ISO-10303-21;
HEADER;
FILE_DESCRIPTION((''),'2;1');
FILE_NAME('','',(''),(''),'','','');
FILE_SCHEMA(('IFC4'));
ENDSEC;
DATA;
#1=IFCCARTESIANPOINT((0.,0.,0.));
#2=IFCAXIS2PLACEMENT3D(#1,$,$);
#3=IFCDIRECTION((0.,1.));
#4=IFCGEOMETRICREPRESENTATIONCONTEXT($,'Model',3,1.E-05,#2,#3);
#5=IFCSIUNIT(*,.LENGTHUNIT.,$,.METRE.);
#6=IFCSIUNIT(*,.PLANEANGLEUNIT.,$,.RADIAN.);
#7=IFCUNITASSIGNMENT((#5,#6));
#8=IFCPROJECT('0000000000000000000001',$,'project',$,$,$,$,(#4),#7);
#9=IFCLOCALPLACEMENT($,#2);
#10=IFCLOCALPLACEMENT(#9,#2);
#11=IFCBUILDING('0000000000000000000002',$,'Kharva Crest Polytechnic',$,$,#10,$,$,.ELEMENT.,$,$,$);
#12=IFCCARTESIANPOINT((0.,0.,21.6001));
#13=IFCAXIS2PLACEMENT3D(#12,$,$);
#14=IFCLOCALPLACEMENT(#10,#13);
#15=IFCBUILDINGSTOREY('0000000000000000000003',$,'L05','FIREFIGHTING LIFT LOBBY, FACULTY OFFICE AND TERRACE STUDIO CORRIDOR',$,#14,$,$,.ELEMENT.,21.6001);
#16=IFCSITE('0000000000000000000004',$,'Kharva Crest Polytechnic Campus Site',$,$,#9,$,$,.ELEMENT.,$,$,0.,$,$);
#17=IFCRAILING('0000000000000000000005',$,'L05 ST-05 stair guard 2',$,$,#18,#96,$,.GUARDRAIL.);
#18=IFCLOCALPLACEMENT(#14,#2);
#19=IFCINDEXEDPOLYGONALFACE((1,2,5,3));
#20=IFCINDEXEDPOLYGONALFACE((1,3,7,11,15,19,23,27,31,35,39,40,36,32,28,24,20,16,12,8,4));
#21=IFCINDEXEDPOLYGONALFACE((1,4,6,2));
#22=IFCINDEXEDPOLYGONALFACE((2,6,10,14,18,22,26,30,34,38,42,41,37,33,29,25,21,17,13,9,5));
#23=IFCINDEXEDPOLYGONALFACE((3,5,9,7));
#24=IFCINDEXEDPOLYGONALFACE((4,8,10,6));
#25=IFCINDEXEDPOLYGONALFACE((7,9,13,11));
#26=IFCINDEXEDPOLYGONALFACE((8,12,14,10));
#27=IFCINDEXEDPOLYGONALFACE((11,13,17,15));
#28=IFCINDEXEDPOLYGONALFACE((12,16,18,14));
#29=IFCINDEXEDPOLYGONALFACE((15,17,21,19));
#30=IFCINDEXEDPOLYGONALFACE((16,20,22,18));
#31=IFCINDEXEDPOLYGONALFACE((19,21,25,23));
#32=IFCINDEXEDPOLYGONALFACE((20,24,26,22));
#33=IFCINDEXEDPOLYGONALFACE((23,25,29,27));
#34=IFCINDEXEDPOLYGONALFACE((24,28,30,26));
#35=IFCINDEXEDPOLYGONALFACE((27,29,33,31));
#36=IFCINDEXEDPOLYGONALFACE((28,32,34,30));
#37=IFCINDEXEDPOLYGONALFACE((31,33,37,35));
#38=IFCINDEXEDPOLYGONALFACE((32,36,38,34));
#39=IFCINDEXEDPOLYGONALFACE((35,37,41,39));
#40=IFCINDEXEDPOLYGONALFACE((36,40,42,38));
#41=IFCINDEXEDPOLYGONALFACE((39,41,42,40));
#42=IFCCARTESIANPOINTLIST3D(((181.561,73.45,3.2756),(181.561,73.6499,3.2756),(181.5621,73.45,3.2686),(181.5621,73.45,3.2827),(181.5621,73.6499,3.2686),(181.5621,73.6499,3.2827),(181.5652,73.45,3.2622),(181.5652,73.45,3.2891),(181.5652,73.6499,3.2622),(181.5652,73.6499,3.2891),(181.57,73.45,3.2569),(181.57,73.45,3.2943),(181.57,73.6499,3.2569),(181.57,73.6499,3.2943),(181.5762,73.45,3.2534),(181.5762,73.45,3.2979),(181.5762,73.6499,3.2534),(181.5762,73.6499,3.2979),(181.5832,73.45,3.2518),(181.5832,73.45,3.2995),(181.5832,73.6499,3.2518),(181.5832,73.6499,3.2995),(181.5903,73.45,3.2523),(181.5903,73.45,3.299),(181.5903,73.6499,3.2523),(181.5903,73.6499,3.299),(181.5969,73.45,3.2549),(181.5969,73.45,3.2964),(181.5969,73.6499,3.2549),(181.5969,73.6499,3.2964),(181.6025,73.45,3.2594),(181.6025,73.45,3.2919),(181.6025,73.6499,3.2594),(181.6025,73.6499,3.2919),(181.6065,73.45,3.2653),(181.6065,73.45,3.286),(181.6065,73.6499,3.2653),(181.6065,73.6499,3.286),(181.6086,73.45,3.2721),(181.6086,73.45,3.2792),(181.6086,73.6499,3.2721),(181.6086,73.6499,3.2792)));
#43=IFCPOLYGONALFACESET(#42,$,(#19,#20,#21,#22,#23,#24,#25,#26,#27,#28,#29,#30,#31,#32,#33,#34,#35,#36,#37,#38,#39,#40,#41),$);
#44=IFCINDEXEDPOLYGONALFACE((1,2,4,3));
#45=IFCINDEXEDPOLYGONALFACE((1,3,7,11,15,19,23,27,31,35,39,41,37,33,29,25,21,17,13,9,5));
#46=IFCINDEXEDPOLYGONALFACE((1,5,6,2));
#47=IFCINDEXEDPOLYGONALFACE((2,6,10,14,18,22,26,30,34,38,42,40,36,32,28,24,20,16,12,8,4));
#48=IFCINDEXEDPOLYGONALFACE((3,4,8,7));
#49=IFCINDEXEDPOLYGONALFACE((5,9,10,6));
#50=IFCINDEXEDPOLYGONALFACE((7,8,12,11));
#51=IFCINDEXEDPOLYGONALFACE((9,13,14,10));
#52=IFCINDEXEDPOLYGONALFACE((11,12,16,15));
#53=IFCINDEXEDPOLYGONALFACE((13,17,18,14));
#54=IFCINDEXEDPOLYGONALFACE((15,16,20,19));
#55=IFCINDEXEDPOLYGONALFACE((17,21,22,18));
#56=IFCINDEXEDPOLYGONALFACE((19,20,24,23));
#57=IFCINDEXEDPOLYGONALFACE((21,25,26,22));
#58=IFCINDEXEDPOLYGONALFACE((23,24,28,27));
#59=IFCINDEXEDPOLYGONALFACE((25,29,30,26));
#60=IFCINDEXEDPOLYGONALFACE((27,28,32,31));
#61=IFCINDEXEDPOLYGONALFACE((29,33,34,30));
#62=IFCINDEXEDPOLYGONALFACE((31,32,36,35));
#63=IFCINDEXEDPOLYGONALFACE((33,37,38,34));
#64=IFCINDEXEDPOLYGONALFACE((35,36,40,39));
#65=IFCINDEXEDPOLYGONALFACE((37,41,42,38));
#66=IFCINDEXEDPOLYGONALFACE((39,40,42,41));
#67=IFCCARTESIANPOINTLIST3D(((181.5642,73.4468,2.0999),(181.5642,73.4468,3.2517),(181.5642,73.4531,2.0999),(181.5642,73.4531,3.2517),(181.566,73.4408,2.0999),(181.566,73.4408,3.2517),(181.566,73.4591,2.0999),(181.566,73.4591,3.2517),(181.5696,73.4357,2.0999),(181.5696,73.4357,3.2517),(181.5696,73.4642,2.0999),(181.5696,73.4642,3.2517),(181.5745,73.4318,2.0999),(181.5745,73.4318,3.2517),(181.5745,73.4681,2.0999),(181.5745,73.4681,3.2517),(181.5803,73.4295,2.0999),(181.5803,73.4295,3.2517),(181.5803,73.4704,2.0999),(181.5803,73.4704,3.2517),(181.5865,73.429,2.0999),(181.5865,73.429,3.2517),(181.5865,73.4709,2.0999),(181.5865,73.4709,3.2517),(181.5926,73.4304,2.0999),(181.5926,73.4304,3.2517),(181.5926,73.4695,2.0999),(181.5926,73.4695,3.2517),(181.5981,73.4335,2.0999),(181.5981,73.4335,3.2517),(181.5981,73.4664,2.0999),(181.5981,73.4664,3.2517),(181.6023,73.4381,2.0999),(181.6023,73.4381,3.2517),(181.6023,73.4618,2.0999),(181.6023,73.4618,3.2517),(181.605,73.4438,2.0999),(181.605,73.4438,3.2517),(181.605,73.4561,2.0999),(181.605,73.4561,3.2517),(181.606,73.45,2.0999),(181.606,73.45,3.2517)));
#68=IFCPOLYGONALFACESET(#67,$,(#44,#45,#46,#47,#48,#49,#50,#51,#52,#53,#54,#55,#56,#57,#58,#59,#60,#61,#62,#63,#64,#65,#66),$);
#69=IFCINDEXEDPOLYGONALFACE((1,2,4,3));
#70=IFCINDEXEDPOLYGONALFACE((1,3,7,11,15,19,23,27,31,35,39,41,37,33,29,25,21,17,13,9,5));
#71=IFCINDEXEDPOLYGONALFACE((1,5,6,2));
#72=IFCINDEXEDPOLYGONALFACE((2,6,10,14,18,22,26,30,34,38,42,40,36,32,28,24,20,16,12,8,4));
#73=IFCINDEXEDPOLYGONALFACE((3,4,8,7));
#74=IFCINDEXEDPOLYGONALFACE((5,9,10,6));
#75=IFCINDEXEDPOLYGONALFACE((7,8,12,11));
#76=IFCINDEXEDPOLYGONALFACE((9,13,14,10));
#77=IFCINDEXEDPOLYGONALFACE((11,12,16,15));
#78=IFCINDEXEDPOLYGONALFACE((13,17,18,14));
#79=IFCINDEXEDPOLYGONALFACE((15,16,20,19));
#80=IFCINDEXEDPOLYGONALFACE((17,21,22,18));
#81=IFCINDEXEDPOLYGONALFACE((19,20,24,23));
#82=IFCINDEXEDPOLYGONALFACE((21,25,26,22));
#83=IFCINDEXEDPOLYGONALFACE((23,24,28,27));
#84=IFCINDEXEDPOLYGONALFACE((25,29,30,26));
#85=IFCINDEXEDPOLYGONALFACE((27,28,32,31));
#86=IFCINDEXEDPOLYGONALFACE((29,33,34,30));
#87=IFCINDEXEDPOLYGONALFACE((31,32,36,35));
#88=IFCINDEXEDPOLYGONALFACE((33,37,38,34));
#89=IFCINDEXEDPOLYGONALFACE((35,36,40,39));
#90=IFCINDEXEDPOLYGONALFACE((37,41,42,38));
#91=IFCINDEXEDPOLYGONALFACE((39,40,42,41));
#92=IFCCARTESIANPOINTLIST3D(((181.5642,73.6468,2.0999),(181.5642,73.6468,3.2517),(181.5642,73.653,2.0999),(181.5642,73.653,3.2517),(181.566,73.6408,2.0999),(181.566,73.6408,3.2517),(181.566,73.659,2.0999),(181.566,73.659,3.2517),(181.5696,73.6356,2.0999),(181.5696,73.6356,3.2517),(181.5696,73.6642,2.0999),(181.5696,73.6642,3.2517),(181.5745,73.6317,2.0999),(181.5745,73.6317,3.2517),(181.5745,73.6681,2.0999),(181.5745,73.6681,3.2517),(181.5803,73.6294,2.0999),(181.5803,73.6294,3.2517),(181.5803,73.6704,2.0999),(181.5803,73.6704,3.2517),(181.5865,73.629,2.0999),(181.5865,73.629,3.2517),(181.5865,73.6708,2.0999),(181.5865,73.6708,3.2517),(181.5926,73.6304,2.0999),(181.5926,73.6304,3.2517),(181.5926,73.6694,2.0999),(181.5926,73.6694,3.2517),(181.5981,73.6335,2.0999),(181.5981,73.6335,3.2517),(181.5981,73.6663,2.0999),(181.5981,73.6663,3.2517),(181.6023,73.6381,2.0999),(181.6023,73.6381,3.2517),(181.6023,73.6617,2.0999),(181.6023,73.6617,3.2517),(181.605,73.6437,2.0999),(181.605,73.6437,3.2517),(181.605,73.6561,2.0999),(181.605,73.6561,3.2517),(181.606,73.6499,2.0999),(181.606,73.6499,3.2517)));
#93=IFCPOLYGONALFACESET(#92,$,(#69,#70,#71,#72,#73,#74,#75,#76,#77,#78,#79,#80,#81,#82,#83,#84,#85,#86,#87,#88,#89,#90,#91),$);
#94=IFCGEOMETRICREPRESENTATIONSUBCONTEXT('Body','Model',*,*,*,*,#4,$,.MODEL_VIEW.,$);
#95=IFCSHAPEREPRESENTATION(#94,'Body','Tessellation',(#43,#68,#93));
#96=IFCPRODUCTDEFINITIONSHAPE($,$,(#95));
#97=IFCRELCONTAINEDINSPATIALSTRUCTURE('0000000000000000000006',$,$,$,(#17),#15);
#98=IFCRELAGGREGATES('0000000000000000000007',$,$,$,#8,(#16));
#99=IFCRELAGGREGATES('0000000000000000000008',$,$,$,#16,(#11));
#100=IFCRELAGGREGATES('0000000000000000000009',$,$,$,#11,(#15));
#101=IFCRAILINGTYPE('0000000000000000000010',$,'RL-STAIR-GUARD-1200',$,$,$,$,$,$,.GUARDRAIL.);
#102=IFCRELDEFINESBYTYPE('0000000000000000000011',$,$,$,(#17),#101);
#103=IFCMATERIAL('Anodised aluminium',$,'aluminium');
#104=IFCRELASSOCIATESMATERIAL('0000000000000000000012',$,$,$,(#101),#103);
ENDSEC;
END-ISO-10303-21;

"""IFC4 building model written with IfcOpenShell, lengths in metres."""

from ifc_helpers import new_model, si_unit, direction, frame, origin, origin_2d, place, context, subcontext, project, spatial, circle, extrude, material, type_object, element, save


model = new_model("IFC4")

# Units and contexts
model_context = context("Model", 3, precision=1e-05, world=origin(), true_north=direction((0.0, 1.0)))
body_context = subcontext(model_context, "Body", "Model", "MODEL_VIEW")
ifc_project = project(units=[si_unit("LENGTHUNIT", "METRE"), si_unit("PLANEANGLEUNIT", "RADIAN")], contexts=[model_context])

# Site, building, storey
site_placement = place(None, origin())
site = spatial("IfcSite", under=ifc_project, at=site_placement, Name="Kharva Crest Polytechnic Campus Site", CompositionType="ELEMENT", RefElevation=0.0)
building_placement = place(site_placement, origin())
building = spatial("IfcBuilding", under=site, at=building_placement, Name="Kharva Crest Polytechnic", CompositionType="ELEMENT")
storey_placement = place(building_placement, frame((0.0, 0.0, 21.6001)))
storey = spatial("IfcBuildingStorey", under=building, at=storey_placement, Name="L05", Description="FIREFIGHTING LIFT LOBBY, FACULTY OFFICE AND TERRACE STUDIO CORRIDOR", CompositionType="ELEMENT", Elevation=21.6001)

# Shared definitions
ifc_material_1 = material(Name="Anodised aluminium", Category="aluminium")

# Railing
railing_type_1 = type_object("IfcRailingType", Name="RL-STAIR-GUARD-1200", PredefinedType="GUARDRAIL", material=ifc_material_1)
railing_1_placement = place(storey_placement, frame((181.585, 73.45, 2.0999)))
element("IfcRailing", 1, at=railing_1_placement, inside=storey, type_object=railing_type_1, Name="L05 ST-05 stair guard 2", PredefinedType="GUARDRAIL", context=body_context, shape_type="SweptSolid", body=[
    extrude(circle(Radius=0.0239, at=origin_2d()), frame((0.0, 0.0, 1.1758), z_axis=(0.0, 1.0, 0.0), x_axis=(-1.0, 0.0, 0.0)), (0.0, 0.0, 1.0), 0.2),
    extrude(circle(Radius=0.021, at=origin_2d()), origin(), (0.0, 0.0, 1.0), 1.1519),
    extrude(circle(Radius=0.021, at=origin_2d()), frame((0.0, 0.2, 0.0)), (0.0, 0.0, 1.0), 1.1519),
])

save(model, "model.ifc")
